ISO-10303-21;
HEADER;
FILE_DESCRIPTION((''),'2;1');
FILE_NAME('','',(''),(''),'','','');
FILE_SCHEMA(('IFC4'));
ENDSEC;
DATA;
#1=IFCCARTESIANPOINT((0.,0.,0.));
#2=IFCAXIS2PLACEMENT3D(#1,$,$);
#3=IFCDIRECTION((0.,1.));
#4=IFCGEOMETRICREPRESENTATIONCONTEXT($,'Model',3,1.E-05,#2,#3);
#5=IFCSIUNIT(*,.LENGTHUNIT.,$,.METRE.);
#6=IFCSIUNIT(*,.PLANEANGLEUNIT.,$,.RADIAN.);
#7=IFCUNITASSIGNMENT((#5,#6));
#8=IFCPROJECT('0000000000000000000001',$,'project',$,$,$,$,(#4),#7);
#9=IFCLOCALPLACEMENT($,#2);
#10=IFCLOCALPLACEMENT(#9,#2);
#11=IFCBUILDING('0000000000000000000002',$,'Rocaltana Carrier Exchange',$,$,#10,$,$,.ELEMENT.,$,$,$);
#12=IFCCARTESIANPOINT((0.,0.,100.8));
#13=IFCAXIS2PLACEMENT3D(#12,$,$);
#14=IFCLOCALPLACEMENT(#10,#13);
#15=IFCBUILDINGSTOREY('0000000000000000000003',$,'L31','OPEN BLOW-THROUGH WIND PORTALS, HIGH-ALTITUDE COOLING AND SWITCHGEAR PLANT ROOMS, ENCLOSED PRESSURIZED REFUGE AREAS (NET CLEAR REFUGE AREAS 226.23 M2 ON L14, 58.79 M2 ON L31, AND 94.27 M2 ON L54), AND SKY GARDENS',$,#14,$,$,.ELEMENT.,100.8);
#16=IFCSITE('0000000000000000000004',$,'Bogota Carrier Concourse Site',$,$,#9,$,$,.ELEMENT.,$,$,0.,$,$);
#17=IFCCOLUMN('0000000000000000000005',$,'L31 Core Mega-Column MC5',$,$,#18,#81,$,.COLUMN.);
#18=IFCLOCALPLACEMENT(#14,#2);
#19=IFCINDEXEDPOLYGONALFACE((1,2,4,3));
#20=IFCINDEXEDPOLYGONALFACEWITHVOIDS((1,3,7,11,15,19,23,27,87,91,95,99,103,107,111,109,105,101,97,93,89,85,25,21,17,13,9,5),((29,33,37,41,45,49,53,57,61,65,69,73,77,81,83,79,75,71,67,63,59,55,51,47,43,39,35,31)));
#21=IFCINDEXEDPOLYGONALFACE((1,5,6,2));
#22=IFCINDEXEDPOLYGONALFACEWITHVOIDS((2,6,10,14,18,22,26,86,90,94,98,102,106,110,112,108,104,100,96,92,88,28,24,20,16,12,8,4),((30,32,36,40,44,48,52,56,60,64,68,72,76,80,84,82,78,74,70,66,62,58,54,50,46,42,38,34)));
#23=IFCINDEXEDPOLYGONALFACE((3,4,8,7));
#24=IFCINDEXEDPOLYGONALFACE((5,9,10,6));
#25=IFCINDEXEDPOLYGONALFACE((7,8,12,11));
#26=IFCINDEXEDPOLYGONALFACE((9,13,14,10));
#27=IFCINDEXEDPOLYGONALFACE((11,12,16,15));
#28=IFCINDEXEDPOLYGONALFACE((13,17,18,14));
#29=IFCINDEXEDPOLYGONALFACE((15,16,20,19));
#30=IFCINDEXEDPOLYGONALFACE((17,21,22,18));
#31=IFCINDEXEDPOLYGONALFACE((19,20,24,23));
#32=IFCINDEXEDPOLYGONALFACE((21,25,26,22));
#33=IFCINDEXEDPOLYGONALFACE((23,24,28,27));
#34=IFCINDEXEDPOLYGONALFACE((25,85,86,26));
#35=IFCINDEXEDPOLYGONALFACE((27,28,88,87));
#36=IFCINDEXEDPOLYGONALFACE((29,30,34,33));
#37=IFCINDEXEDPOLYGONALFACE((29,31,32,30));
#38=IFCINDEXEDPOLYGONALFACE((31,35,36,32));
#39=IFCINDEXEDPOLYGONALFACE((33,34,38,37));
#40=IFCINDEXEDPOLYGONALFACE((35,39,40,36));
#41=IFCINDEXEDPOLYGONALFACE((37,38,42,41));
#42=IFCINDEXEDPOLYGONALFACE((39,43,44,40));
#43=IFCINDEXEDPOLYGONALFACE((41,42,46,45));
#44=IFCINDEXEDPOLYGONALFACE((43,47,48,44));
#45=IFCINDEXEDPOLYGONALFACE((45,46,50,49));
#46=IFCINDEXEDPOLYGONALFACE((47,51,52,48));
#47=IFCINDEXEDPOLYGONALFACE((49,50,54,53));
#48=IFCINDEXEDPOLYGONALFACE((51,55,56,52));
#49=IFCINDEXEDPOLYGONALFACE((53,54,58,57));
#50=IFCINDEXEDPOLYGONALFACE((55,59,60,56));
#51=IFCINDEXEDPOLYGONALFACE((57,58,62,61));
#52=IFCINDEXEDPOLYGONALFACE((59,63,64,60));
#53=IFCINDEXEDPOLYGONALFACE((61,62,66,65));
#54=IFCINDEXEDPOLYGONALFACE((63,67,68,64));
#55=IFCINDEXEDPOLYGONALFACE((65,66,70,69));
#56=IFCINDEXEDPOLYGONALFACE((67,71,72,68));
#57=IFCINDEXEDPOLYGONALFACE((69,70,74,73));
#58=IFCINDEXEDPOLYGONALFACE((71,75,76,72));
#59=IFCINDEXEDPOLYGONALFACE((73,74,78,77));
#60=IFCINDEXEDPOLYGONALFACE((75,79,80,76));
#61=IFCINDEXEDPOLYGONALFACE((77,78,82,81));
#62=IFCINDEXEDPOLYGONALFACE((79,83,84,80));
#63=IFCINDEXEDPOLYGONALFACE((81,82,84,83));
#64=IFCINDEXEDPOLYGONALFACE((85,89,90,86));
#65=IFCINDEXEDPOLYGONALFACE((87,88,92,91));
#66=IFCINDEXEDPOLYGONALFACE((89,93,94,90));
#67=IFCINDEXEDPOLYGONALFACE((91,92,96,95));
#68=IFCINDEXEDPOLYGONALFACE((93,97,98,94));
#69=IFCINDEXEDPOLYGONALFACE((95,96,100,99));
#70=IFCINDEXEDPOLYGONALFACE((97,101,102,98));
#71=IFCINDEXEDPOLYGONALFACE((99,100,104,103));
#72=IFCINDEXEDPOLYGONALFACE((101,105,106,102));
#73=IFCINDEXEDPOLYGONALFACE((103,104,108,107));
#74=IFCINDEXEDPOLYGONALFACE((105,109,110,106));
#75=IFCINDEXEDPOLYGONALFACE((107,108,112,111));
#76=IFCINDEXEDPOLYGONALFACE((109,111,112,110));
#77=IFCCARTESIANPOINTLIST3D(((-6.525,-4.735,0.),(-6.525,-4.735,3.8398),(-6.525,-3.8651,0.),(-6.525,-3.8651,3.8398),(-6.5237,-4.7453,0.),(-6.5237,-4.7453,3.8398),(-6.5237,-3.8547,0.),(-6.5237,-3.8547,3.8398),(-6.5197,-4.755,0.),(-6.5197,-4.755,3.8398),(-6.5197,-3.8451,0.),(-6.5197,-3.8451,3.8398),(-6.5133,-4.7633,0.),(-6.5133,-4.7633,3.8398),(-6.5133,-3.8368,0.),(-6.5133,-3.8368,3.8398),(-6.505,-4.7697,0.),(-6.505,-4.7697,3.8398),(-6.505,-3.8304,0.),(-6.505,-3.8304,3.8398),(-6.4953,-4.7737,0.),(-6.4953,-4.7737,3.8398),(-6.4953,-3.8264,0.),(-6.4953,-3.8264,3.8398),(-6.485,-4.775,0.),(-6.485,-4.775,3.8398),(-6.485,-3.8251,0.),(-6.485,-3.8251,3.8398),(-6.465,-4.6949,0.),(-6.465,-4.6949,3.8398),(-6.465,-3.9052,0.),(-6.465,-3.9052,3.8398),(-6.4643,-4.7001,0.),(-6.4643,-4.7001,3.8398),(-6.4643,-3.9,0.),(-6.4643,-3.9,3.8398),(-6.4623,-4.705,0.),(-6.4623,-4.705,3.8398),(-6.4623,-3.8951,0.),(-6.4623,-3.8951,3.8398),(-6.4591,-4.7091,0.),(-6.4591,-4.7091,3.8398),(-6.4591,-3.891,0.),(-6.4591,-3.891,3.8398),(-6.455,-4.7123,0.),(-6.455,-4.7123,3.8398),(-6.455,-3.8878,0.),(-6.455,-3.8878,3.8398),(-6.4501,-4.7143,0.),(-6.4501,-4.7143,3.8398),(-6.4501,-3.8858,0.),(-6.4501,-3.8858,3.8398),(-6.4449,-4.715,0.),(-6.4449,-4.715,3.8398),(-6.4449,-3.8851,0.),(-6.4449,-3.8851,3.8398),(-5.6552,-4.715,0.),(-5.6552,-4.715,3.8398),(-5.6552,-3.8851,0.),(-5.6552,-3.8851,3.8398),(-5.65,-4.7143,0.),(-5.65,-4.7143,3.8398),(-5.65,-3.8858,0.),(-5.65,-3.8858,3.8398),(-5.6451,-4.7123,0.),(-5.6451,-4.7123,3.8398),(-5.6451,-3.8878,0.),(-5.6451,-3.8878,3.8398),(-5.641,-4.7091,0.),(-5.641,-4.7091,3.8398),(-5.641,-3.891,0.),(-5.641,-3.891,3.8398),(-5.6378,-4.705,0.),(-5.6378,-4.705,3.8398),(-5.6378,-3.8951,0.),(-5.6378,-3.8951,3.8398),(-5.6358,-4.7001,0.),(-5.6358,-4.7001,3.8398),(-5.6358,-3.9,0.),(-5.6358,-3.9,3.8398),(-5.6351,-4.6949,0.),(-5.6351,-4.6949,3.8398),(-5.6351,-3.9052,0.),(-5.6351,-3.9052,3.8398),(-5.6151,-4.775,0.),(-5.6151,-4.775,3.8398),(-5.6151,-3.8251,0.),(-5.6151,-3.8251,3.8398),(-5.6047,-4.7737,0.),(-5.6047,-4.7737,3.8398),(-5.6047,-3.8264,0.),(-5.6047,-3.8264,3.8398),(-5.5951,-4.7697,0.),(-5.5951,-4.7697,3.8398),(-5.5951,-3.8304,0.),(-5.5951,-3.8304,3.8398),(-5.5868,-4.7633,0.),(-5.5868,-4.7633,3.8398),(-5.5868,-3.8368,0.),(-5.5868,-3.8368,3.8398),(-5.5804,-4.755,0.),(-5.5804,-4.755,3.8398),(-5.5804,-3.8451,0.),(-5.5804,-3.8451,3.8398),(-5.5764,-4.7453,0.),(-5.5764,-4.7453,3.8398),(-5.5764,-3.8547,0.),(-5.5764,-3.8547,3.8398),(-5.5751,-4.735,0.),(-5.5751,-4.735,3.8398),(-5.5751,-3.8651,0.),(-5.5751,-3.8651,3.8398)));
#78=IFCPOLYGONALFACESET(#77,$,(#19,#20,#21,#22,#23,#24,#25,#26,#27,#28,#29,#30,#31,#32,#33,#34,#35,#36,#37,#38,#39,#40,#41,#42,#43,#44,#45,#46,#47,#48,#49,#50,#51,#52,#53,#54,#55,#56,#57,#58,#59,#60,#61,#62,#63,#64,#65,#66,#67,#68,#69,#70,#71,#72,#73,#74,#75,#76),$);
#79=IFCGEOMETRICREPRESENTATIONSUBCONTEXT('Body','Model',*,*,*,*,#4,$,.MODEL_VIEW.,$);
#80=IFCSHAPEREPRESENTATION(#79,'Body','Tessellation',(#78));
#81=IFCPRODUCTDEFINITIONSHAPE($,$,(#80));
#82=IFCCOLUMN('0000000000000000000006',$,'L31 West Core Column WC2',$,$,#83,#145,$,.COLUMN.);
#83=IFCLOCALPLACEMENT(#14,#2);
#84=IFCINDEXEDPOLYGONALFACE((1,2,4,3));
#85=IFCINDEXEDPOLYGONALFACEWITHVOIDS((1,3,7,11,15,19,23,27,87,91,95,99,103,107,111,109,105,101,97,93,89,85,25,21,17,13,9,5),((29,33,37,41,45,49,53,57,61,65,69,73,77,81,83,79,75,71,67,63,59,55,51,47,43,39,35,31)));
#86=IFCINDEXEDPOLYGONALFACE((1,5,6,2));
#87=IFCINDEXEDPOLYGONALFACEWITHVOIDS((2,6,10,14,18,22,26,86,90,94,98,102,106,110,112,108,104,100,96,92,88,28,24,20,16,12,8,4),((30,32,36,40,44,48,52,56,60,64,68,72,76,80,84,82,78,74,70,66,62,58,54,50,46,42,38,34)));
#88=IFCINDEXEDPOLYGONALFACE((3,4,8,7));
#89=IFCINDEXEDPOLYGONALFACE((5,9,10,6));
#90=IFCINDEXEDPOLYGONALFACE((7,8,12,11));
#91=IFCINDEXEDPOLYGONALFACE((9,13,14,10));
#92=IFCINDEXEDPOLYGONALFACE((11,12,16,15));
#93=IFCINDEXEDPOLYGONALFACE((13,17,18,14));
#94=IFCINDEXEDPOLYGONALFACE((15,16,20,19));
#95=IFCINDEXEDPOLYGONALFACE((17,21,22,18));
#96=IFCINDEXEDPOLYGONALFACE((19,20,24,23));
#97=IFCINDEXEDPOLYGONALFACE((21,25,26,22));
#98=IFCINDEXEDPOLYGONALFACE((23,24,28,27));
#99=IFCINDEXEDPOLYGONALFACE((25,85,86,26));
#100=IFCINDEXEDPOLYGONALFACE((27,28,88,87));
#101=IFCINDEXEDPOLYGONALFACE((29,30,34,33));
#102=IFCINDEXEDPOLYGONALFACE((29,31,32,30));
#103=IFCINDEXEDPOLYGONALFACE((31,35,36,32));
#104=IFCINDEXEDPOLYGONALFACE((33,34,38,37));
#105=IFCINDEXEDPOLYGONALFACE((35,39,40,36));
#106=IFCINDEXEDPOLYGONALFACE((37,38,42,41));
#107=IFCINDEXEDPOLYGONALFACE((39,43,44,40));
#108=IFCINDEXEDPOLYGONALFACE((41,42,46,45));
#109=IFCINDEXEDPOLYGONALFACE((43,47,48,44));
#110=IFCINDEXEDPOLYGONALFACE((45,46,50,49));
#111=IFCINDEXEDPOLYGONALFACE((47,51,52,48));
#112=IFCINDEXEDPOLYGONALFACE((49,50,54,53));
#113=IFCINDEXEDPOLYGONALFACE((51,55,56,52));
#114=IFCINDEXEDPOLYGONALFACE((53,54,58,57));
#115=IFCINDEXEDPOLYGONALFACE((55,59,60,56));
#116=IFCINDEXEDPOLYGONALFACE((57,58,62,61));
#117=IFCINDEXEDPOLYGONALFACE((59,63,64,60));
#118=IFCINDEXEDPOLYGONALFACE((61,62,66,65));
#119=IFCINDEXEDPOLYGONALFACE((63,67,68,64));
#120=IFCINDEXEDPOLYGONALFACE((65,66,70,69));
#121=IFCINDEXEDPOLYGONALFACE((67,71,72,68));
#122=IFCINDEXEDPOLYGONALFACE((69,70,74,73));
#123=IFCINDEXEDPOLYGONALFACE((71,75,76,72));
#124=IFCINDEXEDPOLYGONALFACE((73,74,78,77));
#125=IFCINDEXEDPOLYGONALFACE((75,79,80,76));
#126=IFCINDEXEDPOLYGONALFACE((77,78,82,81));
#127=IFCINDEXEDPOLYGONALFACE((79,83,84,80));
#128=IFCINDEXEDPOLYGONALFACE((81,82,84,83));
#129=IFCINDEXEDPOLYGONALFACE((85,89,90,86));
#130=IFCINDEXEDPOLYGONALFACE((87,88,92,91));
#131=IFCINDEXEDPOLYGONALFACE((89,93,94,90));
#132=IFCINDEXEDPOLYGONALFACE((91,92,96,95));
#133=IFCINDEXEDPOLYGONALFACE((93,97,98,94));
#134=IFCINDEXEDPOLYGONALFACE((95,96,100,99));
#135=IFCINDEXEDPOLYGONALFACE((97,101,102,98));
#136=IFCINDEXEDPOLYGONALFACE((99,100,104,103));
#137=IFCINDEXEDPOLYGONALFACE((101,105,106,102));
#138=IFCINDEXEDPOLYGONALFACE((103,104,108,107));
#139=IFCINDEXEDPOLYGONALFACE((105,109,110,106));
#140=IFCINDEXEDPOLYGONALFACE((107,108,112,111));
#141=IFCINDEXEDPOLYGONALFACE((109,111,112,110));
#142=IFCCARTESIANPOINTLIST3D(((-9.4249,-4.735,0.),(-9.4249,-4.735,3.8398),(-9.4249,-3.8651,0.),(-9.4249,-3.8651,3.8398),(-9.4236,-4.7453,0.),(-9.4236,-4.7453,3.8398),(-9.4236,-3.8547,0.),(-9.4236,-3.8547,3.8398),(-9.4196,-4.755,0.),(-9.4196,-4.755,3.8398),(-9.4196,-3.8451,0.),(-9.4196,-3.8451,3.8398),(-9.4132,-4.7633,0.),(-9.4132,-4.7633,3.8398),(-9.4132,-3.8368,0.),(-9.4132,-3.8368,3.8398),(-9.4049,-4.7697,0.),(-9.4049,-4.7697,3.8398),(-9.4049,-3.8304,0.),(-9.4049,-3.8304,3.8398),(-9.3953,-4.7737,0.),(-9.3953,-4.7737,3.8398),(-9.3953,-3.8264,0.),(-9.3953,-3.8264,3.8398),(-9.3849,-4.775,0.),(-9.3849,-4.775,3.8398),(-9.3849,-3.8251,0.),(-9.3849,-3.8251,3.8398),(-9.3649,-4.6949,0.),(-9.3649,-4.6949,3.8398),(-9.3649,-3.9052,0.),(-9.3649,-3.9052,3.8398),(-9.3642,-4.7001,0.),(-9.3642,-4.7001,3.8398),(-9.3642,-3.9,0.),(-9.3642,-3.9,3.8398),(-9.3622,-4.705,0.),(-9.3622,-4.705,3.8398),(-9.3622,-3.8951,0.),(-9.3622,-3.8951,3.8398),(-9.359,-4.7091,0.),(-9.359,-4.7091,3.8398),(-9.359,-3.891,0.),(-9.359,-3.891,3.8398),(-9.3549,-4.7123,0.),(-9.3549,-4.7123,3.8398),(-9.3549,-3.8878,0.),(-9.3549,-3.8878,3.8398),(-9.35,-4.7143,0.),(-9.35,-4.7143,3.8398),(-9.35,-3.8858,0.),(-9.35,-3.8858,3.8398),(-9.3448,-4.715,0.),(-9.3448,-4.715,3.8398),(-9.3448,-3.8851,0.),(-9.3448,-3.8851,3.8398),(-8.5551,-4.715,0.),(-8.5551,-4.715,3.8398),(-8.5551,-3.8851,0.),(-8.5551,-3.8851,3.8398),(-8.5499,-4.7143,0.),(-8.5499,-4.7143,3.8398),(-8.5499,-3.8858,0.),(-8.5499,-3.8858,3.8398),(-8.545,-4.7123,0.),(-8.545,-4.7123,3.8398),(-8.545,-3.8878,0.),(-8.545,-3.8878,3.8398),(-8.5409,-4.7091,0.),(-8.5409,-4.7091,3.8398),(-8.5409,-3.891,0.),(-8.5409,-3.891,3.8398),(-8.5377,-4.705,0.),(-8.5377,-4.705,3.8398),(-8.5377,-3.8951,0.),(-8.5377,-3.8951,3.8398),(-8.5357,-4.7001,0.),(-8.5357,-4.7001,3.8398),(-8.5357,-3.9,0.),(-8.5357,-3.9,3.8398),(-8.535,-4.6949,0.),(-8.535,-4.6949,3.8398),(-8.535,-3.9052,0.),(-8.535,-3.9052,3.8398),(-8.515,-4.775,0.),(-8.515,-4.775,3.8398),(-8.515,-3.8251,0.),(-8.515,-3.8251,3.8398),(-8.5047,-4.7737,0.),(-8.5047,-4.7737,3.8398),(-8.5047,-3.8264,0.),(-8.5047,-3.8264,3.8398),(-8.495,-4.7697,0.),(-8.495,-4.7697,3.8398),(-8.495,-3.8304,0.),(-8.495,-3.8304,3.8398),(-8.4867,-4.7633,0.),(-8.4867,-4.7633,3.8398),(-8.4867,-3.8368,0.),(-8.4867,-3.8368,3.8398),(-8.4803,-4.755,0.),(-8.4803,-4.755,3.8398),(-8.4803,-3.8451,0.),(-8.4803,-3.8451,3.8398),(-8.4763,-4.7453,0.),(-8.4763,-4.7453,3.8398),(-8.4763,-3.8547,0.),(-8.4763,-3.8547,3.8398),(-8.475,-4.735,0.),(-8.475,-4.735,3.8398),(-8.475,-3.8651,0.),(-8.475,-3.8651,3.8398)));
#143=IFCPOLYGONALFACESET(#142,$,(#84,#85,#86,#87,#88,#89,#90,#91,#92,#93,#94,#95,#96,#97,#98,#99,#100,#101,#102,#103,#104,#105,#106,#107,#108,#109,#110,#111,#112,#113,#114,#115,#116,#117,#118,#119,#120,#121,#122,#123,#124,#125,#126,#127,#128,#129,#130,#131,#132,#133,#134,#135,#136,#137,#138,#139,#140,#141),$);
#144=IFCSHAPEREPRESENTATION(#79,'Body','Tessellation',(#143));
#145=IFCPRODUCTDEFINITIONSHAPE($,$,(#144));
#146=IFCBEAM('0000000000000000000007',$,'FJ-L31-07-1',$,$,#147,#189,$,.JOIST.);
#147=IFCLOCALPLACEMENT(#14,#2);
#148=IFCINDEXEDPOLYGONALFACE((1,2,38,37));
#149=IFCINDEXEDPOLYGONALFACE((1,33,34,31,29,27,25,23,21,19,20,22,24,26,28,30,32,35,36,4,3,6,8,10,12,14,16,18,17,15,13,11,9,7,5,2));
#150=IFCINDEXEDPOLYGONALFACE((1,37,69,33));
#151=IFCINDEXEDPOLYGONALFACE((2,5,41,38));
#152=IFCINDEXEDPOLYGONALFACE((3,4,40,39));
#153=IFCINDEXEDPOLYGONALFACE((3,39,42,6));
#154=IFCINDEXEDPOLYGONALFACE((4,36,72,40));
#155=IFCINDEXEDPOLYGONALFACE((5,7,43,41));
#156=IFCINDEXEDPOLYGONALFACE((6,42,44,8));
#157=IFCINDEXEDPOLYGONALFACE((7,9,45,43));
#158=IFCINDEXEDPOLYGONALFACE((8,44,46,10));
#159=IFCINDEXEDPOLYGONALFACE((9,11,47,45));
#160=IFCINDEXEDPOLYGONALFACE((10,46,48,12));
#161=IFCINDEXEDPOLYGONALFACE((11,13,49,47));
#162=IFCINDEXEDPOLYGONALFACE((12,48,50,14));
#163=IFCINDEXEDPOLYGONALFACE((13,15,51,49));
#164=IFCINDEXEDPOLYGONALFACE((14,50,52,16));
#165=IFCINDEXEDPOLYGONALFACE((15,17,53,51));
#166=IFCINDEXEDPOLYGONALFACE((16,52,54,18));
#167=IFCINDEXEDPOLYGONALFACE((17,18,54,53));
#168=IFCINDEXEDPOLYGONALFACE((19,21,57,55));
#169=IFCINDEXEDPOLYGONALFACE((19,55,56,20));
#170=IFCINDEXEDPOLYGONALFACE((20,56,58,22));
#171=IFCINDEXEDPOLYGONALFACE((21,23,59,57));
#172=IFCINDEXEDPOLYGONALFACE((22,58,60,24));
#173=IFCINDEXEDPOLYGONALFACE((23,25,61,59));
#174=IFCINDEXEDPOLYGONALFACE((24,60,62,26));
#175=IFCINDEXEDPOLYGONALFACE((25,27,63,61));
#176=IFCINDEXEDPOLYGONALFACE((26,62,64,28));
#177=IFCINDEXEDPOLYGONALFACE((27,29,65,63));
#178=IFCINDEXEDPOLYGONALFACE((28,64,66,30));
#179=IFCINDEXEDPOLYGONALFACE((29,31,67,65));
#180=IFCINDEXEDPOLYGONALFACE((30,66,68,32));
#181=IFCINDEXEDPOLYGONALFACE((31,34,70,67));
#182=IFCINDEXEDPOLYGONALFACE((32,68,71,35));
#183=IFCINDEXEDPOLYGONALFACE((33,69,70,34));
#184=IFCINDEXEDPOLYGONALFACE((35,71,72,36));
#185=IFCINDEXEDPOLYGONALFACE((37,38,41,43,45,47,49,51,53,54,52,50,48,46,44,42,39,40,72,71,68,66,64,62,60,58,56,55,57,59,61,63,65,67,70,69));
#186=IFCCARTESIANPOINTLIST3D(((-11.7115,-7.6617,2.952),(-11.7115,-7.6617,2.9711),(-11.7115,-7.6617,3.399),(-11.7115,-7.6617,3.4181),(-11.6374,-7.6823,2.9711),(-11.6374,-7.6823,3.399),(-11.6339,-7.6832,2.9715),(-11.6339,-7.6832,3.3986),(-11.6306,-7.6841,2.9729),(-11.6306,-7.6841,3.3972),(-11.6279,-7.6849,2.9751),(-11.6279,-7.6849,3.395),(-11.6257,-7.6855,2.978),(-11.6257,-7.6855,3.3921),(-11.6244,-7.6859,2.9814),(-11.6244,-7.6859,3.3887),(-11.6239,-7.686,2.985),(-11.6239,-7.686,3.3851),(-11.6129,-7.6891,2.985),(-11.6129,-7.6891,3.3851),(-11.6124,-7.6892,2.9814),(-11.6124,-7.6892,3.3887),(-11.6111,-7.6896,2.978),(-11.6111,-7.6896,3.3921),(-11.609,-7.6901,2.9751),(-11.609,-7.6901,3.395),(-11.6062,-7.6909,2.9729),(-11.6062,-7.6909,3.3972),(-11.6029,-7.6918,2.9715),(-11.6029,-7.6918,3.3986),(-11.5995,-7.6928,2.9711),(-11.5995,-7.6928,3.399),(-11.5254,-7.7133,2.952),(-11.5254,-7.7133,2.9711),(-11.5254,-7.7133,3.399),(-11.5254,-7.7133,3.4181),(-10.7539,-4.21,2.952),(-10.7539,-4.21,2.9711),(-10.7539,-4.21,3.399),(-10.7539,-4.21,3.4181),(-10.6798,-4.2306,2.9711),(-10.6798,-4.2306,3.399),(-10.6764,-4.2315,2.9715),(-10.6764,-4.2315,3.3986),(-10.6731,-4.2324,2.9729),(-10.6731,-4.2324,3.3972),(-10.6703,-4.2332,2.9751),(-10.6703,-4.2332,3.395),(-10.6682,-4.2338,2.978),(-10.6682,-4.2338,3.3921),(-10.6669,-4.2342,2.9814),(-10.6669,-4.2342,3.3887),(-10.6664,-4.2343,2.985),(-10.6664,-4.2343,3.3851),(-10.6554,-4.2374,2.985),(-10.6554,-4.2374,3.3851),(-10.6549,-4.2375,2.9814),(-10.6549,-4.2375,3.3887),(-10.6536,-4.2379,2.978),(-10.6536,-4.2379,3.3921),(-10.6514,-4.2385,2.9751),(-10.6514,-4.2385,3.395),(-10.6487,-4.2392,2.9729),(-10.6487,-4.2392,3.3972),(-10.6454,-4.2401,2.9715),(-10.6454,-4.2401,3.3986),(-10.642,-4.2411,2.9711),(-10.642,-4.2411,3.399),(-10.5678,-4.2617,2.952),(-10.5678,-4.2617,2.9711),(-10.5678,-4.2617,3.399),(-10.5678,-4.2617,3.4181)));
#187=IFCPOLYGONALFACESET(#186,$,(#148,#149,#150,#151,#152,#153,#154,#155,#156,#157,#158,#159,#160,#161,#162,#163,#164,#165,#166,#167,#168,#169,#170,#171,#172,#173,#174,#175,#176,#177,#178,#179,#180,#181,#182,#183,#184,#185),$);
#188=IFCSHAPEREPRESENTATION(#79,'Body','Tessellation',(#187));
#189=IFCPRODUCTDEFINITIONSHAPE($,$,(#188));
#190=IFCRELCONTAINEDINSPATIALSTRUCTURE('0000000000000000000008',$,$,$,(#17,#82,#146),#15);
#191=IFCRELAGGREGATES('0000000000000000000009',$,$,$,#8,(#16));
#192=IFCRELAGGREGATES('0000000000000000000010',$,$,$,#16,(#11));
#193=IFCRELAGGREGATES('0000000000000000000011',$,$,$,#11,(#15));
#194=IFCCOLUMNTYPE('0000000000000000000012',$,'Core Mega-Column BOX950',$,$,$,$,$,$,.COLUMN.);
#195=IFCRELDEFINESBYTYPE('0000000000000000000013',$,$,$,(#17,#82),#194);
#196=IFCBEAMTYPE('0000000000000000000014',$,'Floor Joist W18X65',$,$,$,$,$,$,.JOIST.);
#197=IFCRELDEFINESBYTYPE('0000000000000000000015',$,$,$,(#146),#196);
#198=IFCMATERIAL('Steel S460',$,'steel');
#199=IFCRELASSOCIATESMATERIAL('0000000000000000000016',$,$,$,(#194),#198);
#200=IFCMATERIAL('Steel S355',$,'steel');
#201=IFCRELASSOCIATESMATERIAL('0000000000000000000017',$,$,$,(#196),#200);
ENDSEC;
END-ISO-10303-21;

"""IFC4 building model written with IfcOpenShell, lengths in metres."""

from ifc_helpers import new_model, si_unit, direction, frame, origin, origin_2d, place, context, subcontext, project, spatial, hollow_rectangle, i_section, extrude, material, material_profile, profile_set, type_object, element, save


model = new_model("IFC4")

# Units and contexts
model_context = context("Model", 3, precision=1e-05, world=origin(), true_north=direction((0.0, 1.0)))
body_context = subcontext(model_context, "Body", "Model", "MODEL_VIEW")
ifc_project = project(units=[si_unit("LENGTHUNIT", "METRE"), si_unit("PLANEANGLEUNIT", "RADIAN")], contexts=[model_context])

# Site, building, storey
site_placement = place(None, origin())
site = spatial("IfcSite", under=ifc_project, at=site_placement, Name="Bogota Carrier Concourse Site", CompositionType="ELEMENT", RefElevation=0.0)
building_placement = place(site_placement, origin())
building = spatial("IfcBuilding", under=site, at=building_placement, Name="Rocaltana Carrier Exchange", CompositionType="ELEMENT")
storey_placement = place(building_placement, frame((0.0, 0.0, 100.8)))
storey = spatial("IfcBuildingStorey", under=building, at=storey_placement, Name="L31", Description="OPEN BLOW-THROUGH WIND PORTALS, HIGH-ALTITUDE COOLING AND SWITCHGEAR PLANT ROOMS, ENCLOSED PRESSURIZED REFUGE AREAS (NET CLEAR REFUGE AREAS 226.23 M2 ON L14, 58.79 M2 ON L31, AND 94.27 M2 ON L54), AND SKY GARDENS", CompositionType="ELEMENT", Elevation=100.8)

# Columns
ifc_material_1 = material(Name="Steel S460", Category="steel")
ifc_material_profile_1 = material_profile(ifc_material_1, hollow_rectangle(XDim=0.95, YDim=0.95, WallThickness=0.0601, InnerFilletRadius=0.02, OuterFilletRadius=0.04, at=origin_2d()), Name="BOX950X950X60")
ifc_profile_set_1 = profile_set([ifc_material_profile_1], Name="Steel S460")
column_type = type_object("IfcColumnType", Name="Core Mega-Column BOX950", PredefinedType="COLUMN", material=ifc_profile_set_1)
for number, where, z_axis, x_axis, name in (
    (1, (-6.05, -4.3, 0.0), (0.0, 0.0, 1.0), (1.0, 0.0, 0.0), "L31 Core Mega-Column MC5"),
    (2, (-8.95, -4.3, 0.0), (0.0, 0.0, 1.0), (1.0, 0.0, 0.0), "L31 West Core Column WC2"),
):
    element("IfcColumn", number, at=place(storey_placement, frame(where, z_axis=z_axis, x_axis=x_axis)), inside=storey, type_object=column_type, Name=name, PredefinedType="COLUMN", context=body_context, shape_type="SweptSolid", body=[
        extrude(hollow_rectangle(XDim=0.95, YDim=0.95, WallThickness=0.0601, InnerFilletRadius=0.02, OuterFilletRadius=0.04, at=origin_2d()), origin(), (0.0, 0.0, 1.0), 3.8398),
    ])

# Beam
ifc_material_2 = material(Name="Steel S355", Category="steel")
ifc_material_profile_2 = material_profile(ifc_material_2, i_section(OverallWidth=0.1931, OverallDepth=0.4661, WebThickness=0.0115, FlangeThickness=0.019, FilletRadius=0.0139, at=origin_2d()), Name="W18X65")
ifc_profile_set_2 = profile_set([ifc_material_profile_2], Name="Steel S355")
beam_type_1 = type_object("IfcBeamType", Name="Floor Joist W18X65", PredefinedType="JOIST", material=ifc_profile_set_2)
beam_1_placement = place(storey_placement, frame((-10.6609, -4.2358, 3.1851), z_axis=(-0.267313, -0.96361, 0.0), x_axis=(0.96361, -0.267313, 0.0)))
element("IfcBeam", 3, at=beam_1_placement, inside=storey, type_object=beam_type_1, Name="FJ-L31-07-1", PredefinedType="JOIST", context=body_context, shape_type="SweptSolid", body=[
    extrude(i_section(OverallWidth=0.1931, OverallDepth=0.4661, WebThickness=0.0115, FlangeThickness=0.019, FilletRadius=0.0139, at=origin_2d()), origin(), (0.0, 0.0, 1.0), 3.582),
])

save(model, "model.ifc")
